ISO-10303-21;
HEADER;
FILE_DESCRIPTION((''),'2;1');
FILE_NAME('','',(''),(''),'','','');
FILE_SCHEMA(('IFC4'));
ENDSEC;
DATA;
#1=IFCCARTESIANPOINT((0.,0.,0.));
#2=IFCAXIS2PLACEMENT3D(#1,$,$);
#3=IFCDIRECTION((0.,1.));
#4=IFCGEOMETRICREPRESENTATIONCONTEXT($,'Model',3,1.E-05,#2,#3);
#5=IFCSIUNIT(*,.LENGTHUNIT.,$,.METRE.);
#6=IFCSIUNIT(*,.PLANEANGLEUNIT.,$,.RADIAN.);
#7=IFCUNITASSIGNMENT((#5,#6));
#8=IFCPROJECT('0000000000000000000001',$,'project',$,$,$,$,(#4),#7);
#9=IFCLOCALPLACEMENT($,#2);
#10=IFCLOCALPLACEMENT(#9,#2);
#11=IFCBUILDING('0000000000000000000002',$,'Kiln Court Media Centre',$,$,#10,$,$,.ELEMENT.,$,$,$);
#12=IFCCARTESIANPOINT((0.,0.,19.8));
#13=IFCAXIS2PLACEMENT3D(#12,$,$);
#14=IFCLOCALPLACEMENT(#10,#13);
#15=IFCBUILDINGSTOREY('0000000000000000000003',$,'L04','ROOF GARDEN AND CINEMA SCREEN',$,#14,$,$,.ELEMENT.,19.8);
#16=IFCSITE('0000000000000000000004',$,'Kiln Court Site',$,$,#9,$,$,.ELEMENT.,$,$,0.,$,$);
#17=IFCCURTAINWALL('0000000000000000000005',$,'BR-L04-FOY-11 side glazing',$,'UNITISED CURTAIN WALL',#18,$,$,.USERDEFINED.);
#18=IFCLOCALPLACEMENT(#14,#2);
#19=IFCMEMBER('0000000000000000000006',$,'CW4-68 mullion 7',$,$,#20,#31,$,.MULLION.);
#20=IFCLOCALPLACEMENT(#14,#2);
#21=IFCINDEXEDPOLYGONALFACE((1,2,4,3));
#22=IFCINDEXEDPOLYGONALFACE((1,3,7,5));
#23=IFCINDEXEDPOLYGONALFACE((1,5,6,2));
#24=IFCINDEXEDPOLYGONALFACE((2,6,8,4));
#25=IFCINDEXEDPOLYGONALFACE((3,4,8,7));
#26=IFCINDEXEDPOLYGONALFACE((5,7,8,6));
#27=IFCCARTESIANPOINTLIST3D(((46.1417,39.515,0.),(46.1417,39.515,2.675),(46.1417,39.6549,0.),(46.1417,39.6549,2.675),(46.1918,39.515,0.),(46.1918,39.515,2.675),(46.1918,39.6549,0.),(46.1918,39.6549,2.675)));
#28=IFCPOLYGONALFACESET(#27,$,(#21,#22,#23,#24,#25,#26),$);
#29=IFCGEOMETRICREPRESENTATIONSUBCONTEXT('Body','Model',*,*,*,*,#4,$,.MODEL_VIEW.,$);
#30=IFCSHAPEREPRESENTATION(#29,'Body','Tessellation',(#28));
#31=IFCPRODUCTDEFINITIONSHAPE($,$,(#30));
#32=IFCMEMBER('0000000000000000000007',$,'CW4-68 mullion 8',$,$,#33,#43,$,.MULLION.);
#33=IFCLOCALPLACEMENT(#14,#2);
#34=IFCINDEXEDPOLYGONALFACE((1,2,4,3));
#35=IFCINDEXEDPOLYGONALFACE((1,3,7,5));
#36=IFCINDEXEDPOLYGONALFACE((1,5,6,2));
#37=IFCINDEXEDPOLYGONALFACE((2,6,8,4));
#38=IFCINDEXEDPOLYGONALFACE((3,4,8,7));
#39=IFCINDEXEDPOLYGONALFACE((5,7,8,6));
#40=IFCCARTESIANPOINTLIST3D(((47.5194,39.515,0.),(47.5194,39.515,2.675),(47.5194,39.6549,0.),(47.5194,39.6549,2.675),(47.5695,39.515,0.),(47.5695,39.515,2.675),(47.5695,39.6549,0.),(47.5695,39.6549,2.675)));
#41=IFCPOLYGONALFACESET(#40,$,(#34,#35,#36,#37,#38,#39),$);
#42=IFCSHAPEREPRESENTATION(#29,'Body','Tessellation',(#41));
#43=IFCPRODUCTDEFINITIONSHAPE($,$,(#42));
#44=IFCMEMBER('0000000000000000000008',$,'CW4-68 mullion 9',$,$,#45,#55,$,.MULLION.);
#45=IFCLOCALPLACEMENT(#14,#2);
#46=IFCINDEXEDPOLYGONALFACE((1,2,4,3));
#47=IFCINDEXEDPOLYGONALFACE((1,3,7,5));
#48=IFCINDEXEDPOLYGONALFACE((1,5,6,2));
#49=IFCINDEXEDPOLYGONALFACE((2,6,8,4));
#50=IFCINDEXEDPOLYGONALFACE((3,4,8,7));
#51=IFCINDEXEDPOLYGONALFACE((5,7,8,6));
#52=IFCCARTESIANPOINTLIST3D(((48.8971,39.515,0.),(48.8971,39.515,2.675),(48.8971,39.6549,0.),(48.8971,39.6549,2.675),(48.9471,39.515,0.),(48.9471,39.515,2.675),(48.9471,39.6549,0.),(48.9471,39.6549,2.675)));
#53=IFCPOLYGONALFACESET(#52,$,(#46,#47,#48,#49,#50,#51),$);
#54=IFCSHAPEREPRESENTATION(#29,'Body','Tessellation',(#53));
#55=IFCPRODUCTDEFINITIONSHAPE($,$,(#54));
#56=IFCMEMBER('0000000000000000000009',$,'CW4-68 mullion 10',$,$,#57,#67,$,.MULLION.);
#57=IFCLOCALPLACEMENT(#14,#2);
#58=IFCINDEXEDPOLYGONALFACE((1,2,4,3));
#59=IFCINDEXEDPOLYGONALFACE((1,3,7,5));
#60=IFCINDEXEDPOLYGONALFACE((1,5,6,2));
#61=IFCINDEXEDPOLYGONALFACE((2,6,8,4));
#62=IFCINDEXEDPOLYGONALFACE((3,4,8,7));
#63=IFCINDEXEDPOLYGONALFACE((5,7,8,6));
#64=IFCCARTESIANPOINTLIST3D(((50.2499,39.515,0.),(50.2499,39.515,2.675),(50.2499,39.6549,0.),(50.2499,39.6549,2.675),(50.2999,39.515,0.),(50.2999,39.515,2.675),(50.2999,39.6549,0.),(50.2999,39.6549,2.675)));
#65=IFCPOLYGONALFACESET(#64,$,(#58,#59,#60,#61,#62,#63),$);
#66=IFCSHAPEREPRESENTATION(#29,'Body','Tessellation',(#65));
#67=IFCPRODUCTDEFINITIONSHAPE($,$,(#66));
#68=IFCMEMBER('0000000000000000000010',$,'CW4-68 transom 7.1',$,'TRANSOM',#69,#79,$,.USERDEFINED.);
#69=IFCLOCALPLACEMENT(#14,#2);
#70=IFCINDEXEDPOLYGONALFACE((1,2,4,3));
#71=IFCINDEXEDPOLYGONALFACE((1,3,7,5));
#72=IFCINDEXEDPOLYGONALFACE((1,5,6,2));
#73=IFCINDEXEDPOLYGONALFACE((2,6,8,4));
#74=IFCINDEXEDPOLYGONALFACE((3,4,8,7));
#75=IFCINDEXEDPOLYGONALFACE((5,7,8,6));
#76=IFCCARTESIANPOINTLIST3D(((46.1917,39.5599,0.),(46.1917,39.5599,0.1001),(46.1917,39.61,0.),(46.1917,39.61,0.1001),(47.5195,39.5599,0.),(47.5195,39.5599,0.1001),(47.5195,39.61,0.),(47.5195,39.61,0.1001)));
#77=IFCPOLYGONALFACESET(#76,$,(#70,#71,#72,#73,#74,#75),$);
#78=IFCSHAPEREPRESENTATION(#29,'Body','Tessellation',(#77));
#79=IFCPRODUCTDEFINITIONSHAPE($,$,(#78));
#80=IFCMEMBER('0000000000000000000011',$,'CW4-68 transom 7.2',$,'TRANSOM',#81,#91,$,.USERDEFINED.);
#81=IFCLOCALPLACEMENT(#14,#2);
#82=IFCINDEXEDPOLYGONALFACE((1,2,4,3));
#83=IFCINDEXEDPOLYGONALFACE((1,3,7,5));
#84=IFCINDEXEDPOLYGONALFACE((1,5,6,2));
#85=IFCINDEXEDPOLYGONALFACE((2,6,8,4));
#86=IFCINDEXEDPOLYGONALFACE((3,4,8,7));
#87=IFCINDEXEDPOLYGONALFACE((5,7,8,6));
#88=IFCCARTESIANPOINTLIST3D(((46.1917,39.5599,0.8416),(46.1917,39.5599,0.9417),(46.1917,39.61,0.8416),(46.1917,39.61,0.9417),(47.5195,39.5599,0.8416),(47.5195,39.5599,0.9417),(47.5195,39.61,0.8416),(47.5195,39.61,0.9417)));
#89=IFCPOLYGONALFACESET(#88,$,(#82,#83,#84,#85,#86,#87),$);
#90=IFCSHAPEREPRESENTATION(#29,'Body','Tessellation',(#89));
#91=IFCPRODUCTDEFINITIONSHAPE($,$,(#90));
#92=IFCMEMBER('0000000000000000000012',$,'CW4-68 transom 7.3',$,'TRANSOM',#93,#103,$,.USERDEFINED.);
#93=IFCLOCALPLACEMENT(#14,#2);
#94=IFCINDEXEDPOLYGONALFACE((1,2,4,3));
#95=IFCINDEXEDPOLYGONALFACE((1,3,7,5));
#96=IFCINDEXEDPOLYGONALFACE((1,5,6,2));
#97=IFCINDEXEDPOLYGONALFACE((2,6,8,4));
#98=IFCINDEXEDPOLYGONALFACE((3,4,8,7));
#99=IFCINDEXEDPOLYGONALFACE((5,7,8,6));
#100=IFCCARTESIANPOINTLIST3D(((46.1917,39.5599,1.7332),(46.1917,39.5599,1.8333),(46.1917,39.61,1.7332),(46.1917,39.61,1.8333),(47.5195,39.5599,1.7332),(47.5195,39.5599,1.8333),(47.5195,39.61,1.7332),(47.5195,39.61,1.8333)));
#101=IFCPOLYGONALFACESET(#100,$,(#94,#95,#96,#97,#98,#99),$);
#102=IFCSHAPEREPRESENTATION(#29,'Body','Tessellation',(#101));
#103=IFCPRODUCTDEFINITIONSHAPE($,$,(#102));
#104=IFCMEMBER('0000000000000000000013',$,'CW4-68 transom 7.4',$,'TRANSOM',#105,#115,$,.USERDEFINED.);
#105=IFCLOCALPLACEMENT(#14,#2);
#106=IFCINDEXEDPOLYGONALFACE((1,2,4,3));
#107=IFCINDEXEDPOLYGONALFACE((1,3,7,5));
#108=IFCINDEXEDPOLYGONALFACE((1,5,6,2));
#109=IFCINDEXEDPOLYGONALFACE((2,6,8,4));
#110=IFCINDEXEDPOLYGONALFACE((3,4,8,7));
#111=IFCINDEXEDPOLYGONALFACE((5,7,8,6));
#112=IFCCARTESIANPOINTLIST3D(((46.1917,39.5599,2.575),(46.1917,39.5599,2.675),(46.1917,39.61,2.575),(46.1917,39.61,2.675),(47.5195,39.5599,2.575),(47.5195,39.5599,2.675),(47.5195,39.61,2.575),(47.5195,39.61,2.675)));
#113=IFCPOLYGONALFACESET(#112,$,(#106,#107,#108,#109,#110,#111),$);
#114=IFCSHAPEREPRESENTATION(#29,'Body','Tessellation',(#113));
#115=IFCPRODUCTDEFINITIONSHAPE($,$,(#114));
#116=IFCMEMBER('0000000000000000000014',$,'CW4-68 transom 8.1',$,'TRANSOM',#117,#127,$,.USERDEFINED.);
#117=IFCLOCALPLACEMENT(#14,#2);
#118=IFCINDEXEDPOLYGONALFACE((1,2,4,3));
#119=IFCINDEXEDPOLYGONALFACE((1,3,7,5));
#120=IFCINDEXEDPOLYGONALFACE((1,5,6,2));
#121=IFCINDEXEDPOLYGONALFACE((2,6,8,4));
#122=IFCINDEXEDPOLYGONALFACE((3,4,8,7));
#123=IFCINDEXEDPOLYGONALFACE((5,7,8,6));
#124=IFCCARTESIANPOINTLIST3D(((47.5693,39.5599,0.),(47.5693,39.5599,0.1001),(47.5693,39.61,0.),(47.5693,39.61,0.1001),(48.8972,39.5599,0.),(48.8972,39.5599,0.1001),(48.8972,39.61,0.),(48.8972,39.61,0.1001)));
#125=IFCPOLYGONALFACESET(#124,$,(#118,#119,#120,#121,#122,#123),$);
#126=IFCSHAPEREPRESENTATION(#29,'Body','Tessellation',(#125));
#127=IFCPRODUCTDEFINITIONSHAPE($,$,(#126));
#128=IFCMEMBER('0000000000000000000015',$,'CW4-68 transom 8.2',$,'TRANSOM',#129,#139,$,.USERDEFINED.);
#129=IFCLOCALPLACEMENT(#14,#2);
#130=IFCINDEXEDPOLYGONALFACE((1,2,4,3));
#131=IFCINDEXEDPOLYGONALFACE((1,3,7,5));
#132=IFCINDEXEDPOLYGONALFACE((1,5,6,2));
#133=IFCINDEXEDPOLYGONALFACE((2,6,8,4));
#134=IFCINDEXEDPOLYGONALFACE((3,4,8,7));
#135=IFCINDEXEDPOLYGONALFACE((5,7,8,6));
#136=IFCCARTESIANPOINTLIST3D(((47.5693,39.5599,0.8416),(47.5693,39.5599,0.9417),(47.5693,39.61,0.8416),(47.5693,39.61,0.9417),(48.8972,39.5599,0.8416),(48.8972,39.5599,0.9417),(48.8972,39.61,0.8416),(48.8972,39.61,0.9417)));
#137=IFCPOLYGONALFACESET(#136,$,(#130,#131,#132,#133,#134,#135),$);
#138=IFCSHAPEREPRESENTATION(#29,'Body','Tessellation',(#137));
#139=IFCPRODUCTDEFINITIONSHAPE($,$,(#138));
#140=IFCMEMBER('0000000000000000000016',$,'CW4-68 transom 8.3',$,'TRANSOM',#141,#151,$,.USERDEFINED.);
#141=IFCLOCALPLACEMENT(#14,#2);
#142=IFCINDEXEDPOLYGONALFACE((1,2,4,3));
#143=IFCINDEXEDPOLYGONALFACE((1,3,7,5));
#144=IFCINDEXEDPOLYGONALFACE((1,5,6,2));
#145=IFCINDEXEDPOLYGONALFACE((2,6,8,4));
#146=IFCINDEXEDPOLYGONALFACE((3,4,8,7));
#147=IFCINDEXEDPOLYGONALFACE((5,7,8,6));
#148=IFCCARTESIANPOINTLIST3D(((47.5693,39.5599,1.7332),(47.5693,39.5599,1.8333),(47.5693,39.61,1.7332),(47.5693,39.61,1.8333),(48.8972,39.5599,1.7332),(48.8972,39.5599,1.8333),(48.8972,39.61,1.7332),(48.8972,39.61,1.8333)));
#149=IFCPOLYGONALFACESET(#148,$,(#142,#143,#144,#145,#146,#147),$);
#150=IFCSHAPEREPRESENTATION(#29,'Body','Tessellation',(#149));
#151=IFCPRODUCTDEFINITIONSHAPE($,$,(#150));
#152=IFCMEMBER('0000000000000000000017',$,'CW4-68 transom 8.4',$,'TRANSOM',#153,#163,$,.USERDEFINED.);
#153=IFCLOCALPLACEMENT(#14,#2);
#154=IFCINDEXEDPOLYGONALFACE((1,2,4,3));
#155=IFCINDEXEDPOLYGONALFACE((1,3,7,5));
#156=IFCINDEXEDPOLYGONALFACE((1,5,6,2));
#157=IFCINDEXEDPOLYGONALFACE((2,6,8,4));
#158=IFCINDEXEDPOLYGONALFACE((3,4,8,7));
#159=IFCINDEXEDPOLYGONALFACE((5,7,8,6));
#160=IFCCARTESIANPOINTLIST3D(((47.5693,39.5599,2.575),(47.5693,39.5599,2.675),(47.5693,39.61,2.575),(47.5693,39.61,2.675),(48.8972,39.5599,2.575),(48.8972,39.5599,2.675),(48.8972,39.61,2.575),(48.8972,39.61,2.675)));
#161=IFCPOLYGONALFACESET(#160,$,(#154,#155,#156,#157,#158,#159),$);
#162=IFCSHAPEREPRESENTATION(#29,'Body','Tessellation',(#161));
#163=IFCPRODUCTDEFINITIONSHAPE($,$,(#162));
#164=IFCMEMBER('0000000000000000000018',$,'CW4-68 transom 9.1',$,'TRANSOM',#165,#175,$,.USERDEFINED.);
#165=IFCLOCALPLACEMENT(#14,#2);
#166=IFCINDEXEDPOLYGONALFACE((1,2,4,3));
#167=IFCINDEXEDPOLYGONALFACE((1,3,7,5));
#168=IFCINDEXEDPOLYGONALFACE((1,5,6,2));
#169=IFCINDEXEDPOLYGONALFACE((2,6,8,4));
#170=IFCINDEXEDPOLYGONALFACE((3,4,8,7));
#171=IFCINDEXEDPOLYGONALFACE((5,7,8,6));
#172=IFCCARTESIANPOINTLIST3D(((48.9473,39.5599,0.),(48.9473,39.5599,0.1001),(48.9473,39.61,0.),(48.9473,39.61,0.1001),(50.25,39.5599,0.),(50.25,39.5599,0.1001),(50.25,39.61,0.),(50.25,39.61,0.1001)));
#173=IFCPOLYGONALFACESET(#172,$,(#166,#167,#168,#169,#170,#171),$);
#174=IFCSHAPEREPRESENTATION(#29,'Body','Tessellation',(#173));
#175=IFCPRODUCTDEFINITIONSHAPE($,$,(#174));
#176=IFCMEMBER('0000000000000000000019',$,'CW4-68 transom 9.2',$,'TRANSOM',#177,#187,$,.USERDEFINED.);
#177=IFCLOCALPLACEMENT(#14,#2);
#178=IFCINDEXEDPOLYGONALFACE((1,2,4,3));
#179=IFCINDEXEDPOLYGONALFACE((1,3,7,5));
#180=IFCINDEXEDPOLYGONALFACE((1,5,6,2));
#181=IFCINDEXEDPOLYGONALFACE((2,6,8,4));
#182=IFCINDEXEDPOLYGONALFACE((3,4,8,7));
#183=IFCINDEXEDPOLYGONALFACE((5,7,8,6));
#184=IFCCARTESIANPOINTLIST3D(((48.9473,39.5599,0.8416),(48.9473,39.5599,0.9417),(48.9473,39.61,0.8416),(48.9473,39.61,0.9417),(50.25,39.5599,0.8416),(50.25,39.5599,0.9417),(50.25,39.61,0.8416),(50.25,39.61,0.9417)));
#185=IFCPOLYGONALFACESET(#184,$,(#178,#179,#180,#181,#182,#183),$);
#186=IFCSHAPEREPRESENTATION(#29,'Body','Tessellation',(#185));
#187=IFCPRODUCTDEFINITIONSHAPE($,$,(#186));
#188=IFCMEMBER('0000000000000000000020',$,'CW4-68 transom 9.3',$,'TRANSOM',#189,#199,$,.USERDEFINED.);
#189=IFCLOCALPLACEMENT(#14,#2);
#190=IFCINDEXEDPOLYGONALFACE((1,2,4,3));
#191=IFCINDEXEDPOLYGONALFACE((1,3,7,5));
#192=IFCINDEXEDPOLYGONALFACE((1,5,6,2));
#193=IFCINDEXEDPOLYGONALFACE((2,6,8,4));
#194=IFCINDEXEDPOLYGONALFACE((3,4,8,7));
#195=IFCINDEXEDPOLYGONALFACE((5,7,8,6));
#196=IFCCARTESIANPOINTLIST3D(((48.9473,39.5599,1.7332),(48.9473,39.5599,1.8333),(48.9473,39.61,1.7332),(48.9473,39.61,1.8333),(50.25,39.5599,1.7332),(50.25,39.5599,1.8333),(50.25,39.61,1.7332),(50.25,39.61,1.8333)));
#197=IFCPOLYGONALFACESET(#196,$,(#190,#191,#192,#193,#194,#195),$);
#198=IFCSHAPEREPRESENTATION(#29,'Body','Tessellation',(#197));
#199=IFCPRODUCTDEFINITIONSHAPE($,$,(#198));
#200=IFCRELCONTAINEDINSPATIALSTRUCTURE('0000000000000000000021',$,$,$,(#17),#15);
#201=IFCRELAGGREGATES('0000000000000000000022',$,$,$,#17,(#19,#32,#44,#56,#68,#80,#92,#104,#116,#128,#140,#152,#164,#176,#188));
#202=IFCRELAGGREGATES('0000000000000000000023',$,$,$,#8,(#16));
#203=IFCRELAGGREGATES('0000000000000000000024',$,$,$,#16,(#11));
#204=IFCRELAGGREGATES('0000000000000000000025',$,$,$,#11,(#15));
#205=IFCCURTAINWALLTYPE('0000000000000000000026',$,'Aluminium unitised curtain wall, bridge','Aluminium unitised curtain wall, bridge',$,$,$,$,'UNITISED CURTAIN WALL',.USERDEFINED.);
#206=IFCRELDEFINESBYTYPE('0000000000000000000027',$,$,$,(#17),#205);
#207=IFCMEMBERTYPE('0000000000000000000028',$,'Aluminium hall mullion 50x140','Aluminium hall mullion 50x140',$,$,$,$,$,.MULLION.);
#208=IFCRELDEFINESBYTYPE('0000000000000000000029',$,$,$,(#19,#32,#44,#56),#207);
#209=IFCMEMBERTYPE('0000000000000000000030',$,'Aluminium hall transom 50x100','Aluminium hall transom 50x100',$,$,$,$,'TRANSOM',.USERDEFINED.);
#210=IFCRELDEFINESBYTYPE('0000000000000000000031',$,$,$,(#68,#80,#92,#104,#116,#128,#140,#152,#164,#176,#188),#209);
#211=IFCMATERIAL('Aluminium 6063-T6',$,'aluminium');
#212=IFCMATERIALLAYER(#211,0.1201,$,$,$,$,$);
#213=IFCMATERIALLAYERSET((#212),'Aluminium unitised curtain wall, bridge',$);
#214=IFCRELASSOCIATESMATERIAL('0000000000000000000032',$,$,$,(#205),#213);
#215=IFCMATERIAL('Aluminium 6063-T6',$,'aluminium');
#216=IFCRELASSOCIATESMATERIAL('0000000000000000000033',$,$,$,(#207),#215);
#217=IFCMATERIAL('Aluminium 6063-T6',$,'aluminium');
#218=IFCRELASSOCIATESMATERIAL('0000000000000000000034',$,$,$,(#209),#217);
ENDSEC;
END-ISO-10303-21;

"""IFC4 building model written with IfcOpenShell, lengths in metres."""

from ifc_helpers import new_model, si_unit, direction, frame, origin, origin_2d, place, context, subcontext, project, spatial, rectangle, extrude, material, layer, layer_set, material_profile, profile_set, type_object, element, aggregate, save


model = new_model("IFC4")

# Units and contexts
model_context = context("Model", 3, precision=1e-05, world=origin(), true_north=direction((0.0, 1.0)))
body_context = subcontext(model_context, "Body", "Model", "MODEL_VIEW")
ifc_project = project(units=[si_unit("LENGTHUNIT", "METRE"), si_unit("PLANEANGLEUNIT", "RADIAN")], contexts=[model_context])

# Site, building, storey
site_placement = place(None, origin())
site = spatial("IfcSite", under=ifc_project, at=site_placement, Name="Kiln Court Site", CompositionType="ELEMENT", RefElevation=0.0)
building_placement = place(site_placement, origin())
building = spatial("IfcBuilding", under=site, at=building_placement, Name="Kiln Court Media Centre", CompositionType="ELEMENT")
storey_placement = place(building_placement, frame((0.0, 0.0, 19.8)))
storey = spatial("IfcBuildingStorey", under=building, at=storey_placement, Name="L04", Description="ROOF GARDEN AND CINEMA SCREEN", CompositionType="ELEMENT", Elevation=19.8)

# Curtain wall, members
ifc_material_1 = material(Name="Aluminium 6063-T6", Category="aluminium")
ifc_layer_1 = layer(ifc_material_1, 0.1201)
ifc_layer_set_1 = layer_set([ifc_layer_1], Name="Aluminium unitised curtain wall, bridge")
curtain_wall_type = type_object("IfcCurtainWallType", Name="Aluminium unitised curtain wall, bridge", Description="Aluminium unitised curtain wall, bridge", ElementType="UNITISED CURTAIN WALL", PredefinedType="USERDEFINED", material=ifc_layer_set_1)
curtain_wall_placement = place(storey_placement, origin())
curtain_wall = element("IfcCurtainWall", 1, at=curtain_wall_placement, inside=storey, type_object=curtain_wall_type, Name="BR-L04-FOY-11 side glazing", ObjectType="UNITISED CURTAIN WALL", PredefinedType="USERDEFINED")
ifc_material_2 = material(Name="Aluminium 6063-T6", Category="aluminium")
ifc_material_profile_1 = material_profile(ifc_material_2, rectangle(XDim=0.05, YDim=0.1399, at=origin_2d()), Name="Aluminium hall mullion 50x140")
ifc_profile_set_1 = profile_set([ifc_material_profile_1], Name="Aluminium 6063-T6")
member_type_1 = type_object("IfcMemberType", Name="Aluminium hall mullion 50x140", Description="Aluminium hall mullion 50x140", PredefinedType="MULLION", material=ifc_profile_set_1)
member_1_placement = place(storey_placement, frame((46.1667, 39.585, 0.0), z_axis=(0.0, 0.0, 1.0), x_axis=(1.0, 0.0, 0.0)))
member_1 = element("IfcMember", 2, at=member_1_placement, type_object=member_type_1, Name="CW4-68 mullion 7", PredefinedType="MULLION", context=body_context, shape_type="SweptSolid", body=[
    extrude(rectangle(XDim=0.05, YDim=0.1399, at=origin_2d()), origin(), (0.0, 0.0, 1.0), 2.675),
])
member_2_placement = place(storey_placement, frame((47.5444, 39.585, 0.0), z_axis=(0.0, 0.0, 1.0), x_axis=(1.0, 0.0, 0.0)))
member_2 = element("IfcMember", 3, at=member_2_placement, type_object=member_type_1, Name="CW4-68 mullion 8", PredefinedType="MULLION", context=body_context, shape_type="SweptSolid", body=[
    extrude(rectangle(XDim=0.05, YDim=0.1399, at=origin_2d()), origin(), (0.0, 0.0, 1.0), 2.675),
])
member_3_placement = place(storey_placement, frame((48.9221, 39.585, 0.0), z_axis=(0.0, 0.0, 1.0), x_axis=(1.0, 0.0, 0.0)))
member_3 = element("IfcMember", 4, at=member_3_placement, type_object=member_type_1, Name="CW4-68 mullion 9", PredefinedType="MULLION", context=body_context, shape_type="SweptSolid", body=[
    extrude(rectangle(XDim=0.05, YDim=0.1399, at=origin_2d()), origin(), (0.0, 0.0, 1.0), 2.675),
])
member_4_placement = place(storey_placement, frame((50.2749, 39.585, 0.0), z_axis=(0.0, 0.0, 1.0), x_axis=(1.0, 0.0, 0.0)))
member_4 = element("IfcMember", 5, at=member_4_placement, type_object=member_type_1, Name="CW4-68 mullion 10", PredefinedType="MULLION", context=body_context, shape_type="SweptSolid", body=[
    extrude(rectangle(XDim=0.05, YDim=0.1399, at=origin_2d()), origin(), (0.0, 0.0, 1.0), 2.675),
])
ifc_material_3 = material(Name="Aluminium 6063-T6", Category="aluminium")
ifc_material_profile_2 = material_profile(ifc_material_3, rectangle(XDim=0.05, YDim=0.1001, at=origin_2d()), Name="Aluminium hall transom 50x100")
ifc_profile_set_2 = profile_set([ifc_material_profile_2], Name="Aluminium 6063-T6")
member_type_2 = type_object("IfcMemberType", Name="Aluminium hall transom 50x100", Description="Aluminium hall transom 50x100", ElementType="TRANSOM", PredefinedType="USERDEFINED", material=ifc_profile_set_2)
member_5_placement = place(storey_placement, frame((46.1917, 39.585, 0.05), z_axis=(1.0, 0.0, 0.0), x_axis=(0.0, 1.0, 0.0)))
member_5 = element("IfcMember", 6, at=member_5_placement, type_object=member_type_2, Name="CW4-68 transom 7.1", ObjectType="TRANSOM", PredefinedType="USERDEFINED", context=body_context, shape_type="SweptSolid", body=[
    extrude(rectangle(XDim=0.05, YDim=0.1001, at=origin_2d()), origin(), (0.0, 0.0, 1.0), 1.3279),
])
member_6_placement = place(storey_placement, frame((46.1917, 39.585, 0.8916), z_axis=(1.0, 0.0, 0.0), x_axis=(0.0, 1.0, 0.0)))
member_6 = element("IfcMember", 7, at=member_6_placement, type_object=member_type_2, Name="CW4-68 transom 7.2", ObjectType="TRANSOM", PredefinedType="USERDEFINED", context=body_context, shape_type="SweptSolid", body=[
    extrude(rectangle(XDim=0.05, YDim=0.1001, at=origin_2d()), origin(), (0.0, 0.0, 1.0), 1.3279),
])
member_7_placement = place(storey_placement, frame((46.1917, 39.585, 1.7832), z_axis=(1.0, 0.0, 0.0), x_axis=(0.0, 1.0, 0.0)))
member_7 = element("IfcMember", 8, at=member_7_placement, type_object=member_type_2, Name="CW4-68 transom 7.3", ObjectType="TRANSOM", PredefinedType="USERDEFINED", context=body_context, shape_type="SweptSolid", body=[
    extrude(rectangle(XDim=0.05, YDim=0.1001, at=origin_2d()), origin(), (0.0, 0.0, 1.0), 1.3279),
])
member_8_placement = place(storey_placement, frame((46.1917, 39.585, 2.625), z_axis=(1.0, 0.0, 0.0), x_axis=(0.0, 1.0, 0.0)))
member_8 = element("IfcMember", 9, at=member_8_placement, type_object=member_type_2, Name="CW4-68 transom 7.4", ObjectType="TRANSOM", PredefinedType="USERDEFINED", context=body_context, shape_type="SweptSolid", body=[
    extrude(rectangle(XDim=0.05, YDim=0.1001, at=origin_2d()), origin(), (0.0, 0.0, 1.0), 1.3279),
])
member_9_placement = place(storey_placement, frame((47.5693, 39.585, 0.05), z_axis=(1.0, 0.0, 0.0), x_axis=(0.0, 1.0, 0.0)))
member_9 = element("IfcMember", 10, at=member_9_placement, type_object=member_type_2, Name="CW4-68 transom 8.1", ObjectType="TRANSOM", PredefinedType="USERDEFINED", context=body_context, shape_type="SweptSolid", body=[
    extrude(rectangle(XDim=0.05, YDim=0.1001, at=origin_2d()), origin(), (0.0, 0.0, 1.0), 1.3279),
])
member_10_placement = place(storey_placement, frame((47.5693, 39.585, 0.8916), z_axis=(1.0, 0.0, 0.0), x_axis=(0.0, 1.0, 0.0)))
member_10 = element("IfcMember", 11, at=member_10_placement, type_object=member_type_2, Name="CW4-68 transom 8.2", ObjectType="TRANSOM", PredefinedType="USERDEFINED", context=body_context, shape_type="SweptSolid", body=[
    extrude(rectangle(XDim=0.05, YDim=0.1001, at=origin_2d()), origin(), (0.0, 0.0, 1.0), 1.3279),
])
member_11_placement = place(storey_placement, frame((47.5693, 39.585, 1.7832), z_axis=(1.0, 0.0, 0.0), x_axis=(0.0, 1.0, 0.0)))
member_11 = element("IfcMember", 12, at=member_11_placement, type_object=member_type_2, Name="CW4-68 transom 8.3", ObjectType="TRANSOM", PredefinedType="USERDEFINED", context=body_context, shape_type="SweptSolid", body=[
    extrude(rectangle(XDim=0.05, YDim=0.1001, at=origin_2d()), origin(), (0.0, 0.0, 1.0), 1.3279),
])
member_12_placement = place(storey_placement, frame((47.5693, 39.585, 2.625), z_axis=(1.0, 0.0, 0.0), x_axis=(0.0, 1.0, 0.0)))
member_12 = element("IfcMember", 13, at=member_12_placement, type_object=member_type_2, Name="CW4-68 transom 8.4", ObjectType="TRANSOM", PredefinedType="USERDEFINED", context=body_context, shape_type="SweptSolid", body=[
    extrude(rectangle(XDim=0.05, YDim=0.1001, at=origin_2d()), origin(), (0.0, 0.0, 1.0), 1.3279),
])
member_13_placement = place(storey_placement, frame((48.9473, 39.585, 0.05), z_axis=(1.0, 0.0, 0.0), x_axis=(0.0, 1.0, 0.0)))
member_13 = element("IfcMember", 14, at=member_13_placement, type_object=member_type_2, Name="CW4-68 transom 9.1", ObjectType="TRANSOM", PredefinedType="USERDEFINED", context=body_context, shape_type="SweptSolid", body=[
    extrude(rectangle(XDim=0.05, YDim=0.1001, at=origin_2d()), origin(), (0.0, 0.0, 1.0), 1.3027),
])
member_14_placement = place(storey_placement, frame((48.9473, 39.585, 0.8916), z_axis=(1.0, 0.0, 0.0), x_axis=(0.0, 1.0, 0.0)))
member_14 = element("IfcMember", 15, at=member_14_placement, type_object=member_type_2, Name="CW4-68 transom 9.2", ObjectType="TRANSOM", PredefinedType="USERDEFINED", context=body_context, shape_type="SweptSolid", body=[
    extrude(rectangle(XDim=0.05, YDim=0.1001, at=origin_2d()), origin(), (0.0, 0.0, 1.0), 1.3027),
])
member_15_placement = place(storey_placement, frame((48.9473, 39.585, 1.7832), z_axis=(1.0, 0.0, 0.0), x_axis=(0.0, 1.0, 0.0)))
member_15 = element("IfcMember", 16, at=member_15_placement, type_object=member_type_2, Name="CW4-68 transom 9.3", ObjectType="TRANSOM", PredefinedType="USERDEFINED", context=body_context, shape_type="SweptSolid", body=[
    extrude(rectangle(XDim=0.05, YDim=0.1001, at=origin_2d()), origin(), (0.0, 0.0, 1.0), 1.3027),
])

aggregate(curtain_wall, [member_1, member_2, member_3, member_4, member_5, member_6, member_7, member_8, member_9, member_10, member_11, member_12, member_13, member_14, member_15])

save(model, "model.ifc")
